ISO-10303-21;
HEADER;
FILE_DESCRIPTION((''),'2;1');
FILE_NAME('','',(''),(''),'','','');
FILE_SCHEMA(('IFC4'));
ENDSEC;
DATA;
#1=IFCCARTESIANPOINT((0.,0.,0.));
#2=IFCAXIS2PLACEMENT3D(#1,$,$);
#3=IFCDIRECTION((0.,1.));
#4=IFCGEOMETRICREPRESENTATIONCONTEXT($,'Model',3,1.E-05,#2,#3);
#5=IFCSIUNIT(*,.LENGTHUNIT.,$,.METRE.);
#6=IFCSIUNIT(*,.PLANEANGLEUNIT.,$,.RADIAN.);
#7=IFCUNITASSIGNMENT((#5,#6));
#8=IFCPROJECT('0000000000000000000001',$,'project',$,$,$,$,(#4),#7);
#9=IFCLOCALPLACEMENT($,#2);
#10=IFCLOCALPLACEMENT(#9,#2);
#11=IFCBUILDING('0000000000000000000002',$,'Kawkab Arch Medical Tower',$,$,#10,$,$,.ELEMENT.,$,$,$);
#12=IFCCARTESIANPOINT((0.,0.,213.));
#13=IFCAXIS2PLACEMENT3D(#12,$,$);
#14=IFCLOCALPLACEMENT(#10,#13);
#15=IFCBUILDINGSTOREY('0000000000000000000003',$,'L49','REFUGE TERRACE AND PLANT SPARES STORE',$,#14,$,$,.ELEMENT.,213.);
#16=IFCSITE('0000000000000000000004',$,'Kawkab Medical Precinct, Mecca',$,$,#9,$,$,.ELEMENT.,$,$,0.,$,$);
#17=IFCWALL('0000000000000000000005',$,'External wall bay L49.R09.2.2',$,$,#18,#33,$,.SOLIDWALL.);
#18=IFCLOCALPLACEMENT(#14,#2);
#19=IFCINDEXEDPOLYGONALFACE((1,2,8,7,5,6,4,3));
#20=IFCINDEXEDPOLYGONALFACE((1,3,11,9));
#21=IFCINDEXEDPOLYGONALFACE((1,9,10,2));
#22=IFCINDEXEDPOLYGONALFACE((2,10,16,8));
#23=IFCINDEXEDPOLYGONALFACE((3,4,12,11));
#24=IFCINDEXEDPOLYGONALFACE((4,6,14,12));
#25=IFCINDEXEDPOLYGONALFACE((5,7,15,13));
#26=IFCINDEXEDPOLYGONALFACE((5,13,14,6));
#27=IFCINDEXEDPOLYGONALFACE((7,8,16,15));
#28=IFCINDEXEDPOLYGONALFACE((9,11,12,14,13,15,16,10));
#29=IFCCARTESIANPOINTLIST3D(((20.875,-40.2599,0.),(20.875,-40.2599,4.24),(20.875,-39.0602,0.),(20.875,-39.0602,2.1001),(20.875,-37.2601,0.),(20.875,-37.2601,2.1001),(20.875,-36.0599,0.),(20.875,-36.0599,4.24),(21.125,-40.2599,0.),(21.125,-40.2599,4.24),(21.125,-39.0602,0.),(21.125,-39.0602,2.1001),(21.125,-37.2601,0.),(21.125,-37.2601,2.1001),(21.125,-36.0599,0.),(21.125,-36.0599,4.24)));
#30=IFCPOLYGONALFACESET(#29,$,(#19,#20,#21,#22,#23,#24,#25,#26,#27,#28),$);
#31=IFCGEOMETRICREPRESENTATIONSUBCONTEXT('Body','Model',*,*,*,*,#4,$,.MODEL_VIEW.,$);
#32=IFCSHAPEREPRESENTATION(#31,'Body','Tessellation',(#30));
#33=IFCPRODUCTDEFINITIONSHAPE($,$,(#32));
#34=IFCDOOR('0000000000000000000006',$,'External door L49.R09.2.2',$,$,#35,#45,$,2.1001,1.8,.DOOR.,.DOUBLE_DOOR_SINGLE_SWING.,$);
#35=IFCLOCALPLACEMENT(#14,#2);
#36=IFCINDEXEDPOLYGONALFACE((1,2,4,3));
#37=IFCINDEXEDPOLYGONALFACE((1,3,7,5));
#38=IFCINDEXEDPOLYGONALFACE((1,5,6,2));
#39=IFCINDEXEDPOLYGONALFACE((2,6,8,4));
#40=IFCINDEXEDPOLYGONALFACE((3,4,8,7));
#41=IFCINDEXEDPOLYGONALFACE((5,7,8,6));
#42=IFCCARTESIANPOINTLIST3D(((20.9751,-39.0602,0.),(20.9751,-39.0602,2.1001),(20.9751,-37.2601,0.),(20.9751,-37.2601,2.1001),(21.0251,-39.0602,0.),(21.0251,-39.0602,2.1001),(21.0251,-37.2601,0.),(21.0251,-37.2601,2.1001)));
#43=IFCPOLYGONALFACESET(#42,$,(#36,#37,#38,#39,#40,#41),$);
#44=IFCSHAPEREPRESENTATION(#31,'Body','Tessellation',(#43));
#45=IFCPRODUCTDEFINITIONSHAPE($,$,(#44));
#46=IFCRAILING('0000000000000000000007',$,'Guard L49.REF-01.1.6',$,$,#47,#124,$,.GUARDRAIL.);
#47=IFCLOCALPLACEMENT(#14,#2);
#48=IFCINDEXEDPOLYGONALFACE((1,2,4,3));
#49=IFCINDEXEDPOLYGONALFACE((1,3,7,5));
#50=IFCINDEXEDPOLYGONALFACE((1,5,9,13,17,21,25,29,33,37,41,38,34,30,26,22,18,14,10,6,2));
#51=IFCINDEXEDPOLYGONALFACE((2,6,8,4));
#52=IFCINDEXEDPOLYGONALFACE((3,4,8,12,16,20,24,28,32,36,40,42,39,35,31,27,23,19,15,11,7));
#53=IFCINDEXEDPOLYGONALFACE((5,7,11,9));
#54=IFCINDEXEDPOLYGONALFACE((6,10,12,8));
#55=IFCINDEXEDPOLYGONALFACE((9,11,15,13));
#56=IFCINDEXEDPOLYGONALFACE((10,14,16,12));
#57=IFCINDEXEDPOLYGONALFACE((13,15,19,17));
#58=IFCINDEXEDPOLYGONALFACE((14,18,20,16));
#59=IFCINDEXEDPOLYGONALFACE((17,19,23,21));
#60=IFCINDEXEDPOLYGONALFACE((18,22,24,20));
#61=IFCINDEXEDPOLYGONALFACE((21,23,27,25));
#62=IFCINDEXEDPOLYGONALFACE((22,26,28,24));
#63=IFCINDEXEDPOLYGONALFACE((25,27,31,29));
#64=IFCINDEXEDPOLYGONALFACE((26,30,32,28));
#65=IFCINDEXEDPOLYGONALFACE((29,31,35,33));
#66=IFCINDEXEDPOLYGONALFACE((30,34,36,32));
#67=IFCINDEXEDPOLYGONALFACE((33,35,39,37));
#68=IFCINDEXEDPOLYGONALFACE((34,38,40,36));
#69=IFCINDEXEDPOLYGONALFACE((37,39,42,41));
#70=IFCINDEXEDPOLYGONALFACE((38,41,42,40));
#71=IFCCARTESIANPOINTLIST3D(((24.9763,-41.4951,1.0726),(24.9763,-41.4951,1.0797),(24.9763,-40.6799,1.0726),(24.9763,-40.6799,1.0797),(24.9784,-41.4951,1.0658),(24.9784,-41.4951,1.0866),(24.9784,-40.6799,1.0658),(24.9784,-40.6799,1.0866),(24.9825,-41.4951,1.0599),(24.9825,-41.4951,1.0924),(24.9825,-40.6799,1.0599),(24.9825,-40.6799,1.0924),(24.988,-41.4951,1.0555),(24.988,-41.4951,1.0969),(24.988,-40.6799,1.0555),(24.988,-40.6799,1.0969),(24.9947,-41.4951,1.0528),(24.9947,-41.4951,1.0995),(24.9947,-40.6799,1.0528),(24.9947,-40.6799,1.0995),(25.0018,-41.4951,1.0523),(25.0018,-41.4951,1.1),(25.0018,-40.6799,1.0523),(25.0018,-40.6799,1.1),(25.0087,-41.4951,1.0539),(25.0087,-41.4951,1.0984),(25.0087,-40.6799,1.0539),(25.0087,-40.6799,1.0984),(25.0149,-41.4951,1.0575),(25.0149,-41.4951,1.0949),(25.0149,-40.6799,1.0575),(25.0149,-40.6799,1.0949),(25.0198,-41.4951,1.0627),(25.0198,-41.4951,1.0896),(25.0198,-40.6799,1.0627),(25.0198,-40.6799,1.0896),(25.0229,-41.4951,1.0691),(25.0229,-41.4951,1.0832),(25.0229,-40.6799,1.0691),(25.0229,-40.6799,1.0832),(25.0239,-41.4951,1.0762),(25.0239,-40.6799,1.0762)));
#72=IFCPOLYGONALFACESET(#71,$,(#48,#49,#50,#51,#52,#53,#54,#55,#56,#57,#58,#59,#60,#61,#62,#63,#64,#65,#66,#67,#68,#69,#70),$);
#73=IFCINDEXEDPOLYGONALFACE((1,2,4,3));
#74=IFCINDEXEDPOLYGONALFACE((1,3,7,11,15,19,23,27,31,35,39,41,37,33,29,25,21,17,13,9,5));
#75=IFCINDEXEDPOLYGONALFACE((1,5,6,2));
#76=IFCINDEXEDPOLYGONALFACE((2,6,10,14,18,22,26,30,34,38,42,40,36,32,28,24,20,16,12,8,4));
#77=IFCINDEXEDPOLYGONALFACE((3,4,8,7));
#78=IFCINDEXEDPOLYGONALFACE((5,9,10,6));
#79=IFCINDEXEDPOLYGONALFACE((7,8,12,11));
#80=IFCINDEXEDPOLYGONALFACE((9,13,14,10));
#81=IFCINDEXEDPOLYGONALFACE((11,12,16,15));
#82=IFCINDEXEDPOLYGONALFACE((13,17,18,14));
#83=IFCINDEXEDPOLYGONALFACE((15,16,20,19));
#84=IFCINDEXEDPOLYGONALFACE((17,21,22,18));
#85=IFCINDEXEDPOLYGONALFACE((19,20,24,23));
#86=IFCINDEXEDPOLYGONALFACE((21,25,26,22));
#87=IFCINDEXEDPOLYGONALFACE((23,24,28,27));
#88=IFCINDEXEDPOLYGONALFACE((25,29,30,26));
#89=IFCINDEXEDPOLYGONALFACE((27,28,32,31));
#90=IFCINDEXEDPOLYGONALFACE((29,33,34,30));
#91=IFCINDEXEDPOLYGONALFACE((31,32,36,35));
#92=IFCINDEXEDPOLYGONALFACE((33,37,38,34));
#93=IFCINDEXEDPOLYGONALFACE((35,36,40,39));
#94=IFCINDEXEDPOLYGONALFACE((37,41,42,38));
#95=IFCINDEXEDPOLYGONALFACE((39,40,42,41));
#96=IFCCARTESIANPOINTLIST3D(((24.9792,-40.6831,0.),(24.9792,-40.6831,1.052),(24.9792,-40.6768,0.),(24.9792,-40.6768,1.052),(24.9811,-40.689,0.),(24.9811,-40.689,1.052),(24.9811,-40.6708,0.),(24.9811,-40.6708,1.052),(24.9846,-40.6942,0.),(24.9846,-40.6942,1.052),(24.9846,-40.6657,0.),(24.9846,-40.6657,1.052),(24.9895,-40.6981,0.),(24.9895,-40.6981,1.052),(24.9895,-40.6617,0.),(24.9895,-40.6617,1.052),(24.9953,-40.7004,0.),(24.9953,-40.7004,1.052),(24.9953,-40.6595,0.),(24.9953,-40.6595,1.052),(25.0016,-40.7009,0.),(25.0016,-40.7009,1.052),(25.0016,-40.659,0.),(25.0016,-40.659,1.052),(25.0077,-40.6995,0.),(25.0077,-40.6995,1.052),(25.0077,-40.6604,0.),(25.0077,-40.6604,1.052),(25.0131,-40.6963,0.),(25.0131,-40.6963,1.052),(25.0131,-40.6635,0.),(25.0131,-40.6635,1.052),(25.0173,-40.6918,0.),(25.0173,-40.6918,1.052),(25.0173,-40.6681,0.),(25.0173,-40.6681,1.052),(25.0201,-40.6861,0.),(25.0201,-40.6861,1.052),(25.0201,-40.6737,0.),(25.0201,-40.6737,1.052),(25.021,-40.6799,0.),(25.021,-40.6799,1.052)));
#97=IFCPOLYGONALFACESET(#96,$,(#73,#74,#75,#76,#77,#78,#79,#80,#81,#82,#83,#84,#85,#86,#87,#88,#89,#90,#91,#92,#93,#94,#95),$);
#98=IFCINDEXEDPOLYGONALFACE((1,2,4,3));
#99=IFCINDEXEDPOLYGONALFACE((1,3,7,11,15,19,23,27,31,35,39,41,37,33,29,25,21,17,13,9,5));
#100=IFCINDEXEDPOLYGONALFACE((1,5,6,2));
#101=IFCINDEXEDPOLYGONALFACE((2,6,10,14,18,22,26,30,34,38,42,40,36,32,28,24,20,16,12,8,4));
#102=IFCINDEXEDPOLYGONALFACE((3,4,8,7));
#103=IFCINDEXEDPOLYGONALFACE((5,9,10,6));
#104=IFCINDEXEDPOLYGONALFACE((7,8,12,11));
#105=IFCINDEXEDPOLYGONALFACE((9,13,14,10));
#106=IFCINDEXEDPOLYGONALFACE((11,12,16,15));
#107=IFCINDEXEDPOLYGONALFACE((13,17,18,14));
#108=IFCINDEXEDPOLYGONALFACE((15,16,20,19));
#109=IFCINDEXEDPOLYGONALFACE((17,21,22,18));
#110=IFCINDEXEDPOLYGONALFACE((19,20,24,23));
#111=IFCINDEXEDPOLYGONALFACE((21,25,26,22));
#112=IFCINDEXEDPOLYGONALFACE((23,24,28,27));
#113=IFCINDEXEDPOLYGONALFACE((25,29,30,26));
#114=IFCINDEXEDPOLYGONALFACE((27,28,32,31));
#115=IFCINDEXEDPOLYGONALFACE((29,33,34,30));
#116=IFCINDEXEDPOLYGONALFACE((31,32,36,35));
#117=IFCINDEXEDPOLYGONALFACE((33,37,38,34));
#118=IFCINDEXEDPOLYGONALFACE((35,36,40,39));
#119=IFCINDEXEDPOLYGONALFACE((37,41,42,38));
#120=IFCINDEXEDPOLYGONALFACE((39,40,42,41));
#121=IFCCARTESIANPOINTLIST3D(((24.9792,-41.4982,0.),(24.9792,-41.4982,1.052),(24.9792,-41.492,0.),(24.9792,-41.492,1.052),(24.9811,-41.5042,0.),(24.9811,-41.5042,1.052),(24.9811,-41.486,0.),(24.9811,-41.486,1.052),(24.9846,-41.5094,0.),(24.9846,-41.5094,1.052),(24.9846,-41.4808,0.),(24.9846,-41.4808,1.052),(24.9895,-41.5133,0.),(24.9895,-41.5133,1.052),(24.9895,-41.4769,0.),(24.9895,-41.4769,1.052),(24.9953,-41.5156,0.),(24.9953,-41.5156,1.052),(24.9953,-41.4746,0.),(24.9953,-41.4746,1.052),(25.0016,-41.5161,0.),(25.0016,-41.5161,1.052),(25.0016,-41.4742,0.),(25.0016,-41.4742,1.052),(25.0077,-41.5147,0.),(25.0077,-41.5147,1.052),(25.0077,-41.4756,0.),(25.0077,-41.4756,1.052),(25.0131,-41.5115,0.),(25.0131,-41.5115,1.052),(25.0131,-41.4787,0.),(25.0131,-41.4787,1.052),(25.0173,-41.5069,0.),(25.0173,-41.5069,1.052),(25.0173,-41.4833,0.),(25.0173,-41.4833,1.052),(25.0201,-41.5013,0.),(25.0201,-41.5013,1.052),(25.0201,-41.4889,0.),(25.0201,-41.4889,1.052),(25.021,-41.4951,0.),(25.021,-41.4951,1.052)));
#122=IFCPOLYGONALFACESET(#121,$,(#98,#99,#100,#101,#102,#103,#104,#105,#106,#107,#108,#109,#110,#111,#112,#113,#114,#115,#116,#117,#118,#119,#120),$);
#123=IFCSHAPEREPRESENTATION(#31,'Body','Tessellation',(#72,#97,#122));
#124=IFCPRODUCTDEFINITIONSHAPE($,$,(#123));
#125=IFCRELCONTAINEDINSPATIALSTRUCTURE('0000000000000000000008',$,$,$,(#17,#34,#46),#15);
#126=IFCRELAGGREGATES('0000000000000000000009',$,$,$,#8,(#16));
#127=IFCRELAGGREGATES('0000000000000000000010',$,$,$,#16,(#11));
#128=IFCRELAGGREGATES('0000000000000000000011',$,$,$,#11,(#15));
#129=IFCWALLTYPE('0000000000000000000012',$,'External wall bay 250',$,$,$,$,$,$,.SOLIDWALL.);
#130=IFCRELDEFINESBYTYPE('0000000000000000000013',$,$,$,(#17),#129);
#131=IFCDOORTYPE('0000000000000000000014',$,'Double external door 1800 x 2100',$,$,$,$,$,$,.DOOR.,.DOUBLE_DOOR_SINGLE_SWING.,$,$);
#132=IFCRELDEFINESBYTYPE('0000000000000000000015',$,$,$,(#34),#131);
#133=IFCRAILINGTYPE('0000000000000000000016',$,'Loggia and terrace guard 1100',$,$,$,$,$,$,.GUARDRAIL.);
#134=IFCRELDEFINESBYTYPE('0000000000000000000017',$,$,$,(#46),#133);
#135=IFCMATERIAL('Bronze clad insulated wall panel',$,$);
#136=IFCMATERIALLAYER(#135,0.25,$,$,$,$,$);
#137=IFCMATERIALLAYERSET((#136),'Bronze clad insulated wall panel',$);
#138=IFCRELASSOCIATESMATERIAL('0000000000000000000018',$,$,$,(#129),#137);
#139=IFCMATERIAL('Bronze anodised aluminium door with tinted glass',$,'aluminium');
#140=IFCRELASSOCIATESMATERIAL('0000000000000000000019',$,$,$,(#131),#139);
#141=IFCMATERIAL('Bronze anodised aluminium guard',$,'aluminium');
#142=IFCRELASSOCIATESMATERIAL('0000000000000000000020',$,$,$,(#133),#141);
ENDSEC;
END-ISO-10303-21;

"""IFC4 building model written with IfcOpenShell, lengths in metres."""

from ifc_helpers import new_model, si_unit, direction, frame, frame_2d, origin, origin_2d, place, context, subcontext, project, spatial, rectangle, circle, extrude, material, layer, layer_set, type_object, element, fill, save


model = new_model("IFC4")

# Units and contexts
model_context = context("Model", 3, precision=1e-05, world=origin(), true_north=direction((0.0, 1.0)))
body_context = subcontext(model_context, "Body", "Model", "MODEL_VIEW")
ifc_project = project(units=[si_unit("LENGTHUNIT", "METRE"), si_unit("PLANEANGLEUNIT", "RADIAN")], contexts=[model_context])

# Site, building, storey
site_placement = place(None, origin())
site = spatial("IfcSite", under=ifc_project, at=site_placement, Name="Kawkab Medical Precinct, Mecca", CompositionType="ELEMENT", RefElevation=0.0)
building_placement = place(site_placement, origin())
building = spatial("IfcBuilding", under=site, at=building_placement, Name="Kawkab Arch Medical Tower", CompositionType="ELEMENT")
storey_placement = place(building_placement, frame((0.0, 0.0, 213.0)))
storey = spatial("IfcBuildingStorey", under=building, at=storey_placement, Name="L49", Description="REFUGE TERRACE AND PLANT SPARES STORE", CompositionType="ELEMENT", Elevation=213.0)

# Wall, opening, door
ifc_material_1 = material(Name="Bronze clad insulated wall panel")
ifc_layer_1 = layer(ifc_material_1, 0.25)
ifc_layer_set_1 = layer_set([ifc_layer_1], Name="Bronze clad insulated wall panel")
wall_type = type_object("IfcWallType", Name="External wall bay 250", PredefinedType="SOLIDWALL", material=ifc_layer_set_1)
wall_placement = place(storey_placement, frame((21.0, -40.26, 0.0), z_axis=(0.0, 0.0, 1.0), x_axis=(0.0, 1.0, 0.0)))
wall = element("IfcWall", 1, at=wall_placement, inside=storey, type_object=wall_type, Name="External wall bay L49.R09.2.2", PredefinedType="SOLIDWALL", context=body_context, shape_type="SweptSolid", body=[
    extrude(rectangle(XDim=4.2, YDim=0.25, at=frame_2d((2.1001, 0.0))), origin(), (0.0, 0.0, 1.0), 4.24),
])
opening_placement = place(wall_placement, frame((1.2, 0.0, 0.0)))
opening = element("IfcOpeningElement", 2, at=opening_placement, cuts=wall, PredefinedType="OPENING", context=body_context, shape_type="SweptSolid", body=[
    extrude(rectangle(XDim=1.8, YDim=2.1001, at=frame_2d((0.8999, 1.05))), frame((0.0, 0.135, 0.0), z_axis=(0.0, -1.0, 0.0), x_axis=(1.0, 0.0, 0.0)), (0.0, 0.0, 1.0), 0.27),
])
ifc_material_2 = material(Name="Bronze anodised aluminium door with tinted glass", Category="aluminium")
door_type = type_object("IfcDoorType", Name="Double external door 1800 x 2100", OperationType="DOUBLE_DOOR_SINGLE_SWING", PredefinedType="DOOR", material=ifc_material_2)
door_placement = place(opening_placement, origin())
door = element("IfcDoor", 3, at=door_placement, inside=storey, type_object=door_type, Name="External door L49.R09.2.2", OperationType="DOUBLE_DOOR_SINGLE_SWING", OverallHeight=2.1001, OverallWidth=1.8, PredefinedType="DOOR", context=body_context, shape_type="SweptSolid", body=[
    extrude(rectangle(XDim=1.8, YDim=2.1001, at=frame_2d((0.8999, 1.05))), frame((0.0, 0.0249, 0.0), z_axis=(0.0, -1.0, 0.0), x_axis=(1.0, 0.0, 0.0)), (0.0, 0.0, 1.0), 0.05),
])
fill(opening, door)

# Railing
ifc_material_3 = material(Name="Bronze anodised aluminium guard", Category="aluminium")
railing_type = type_object("IfcRailingType", Name="Loggia and terrace guard 1100", PredefinedType="GUARDRAIL", material=ifc_material_3)
railing_1_placement = place(storey_placement, frame((25.0, -40.6799, 0.0)))
element("IfcRailing", 4, at=railing_1_placement, inside=storey, type_object=railing_type, Name="Guard L49.REF-01.1.6", PredefinedType="GUARDRAIL", context=body_context, shape_type="SweptSolid", body=[
    extrude(circle(Radius=0.0239, at=origin_2d()), frame((0.0, 0.0, 1.0762), z_axis=(0.0, -1.0, 0.0), x_axis=(1.0, 0.0, 0.0)), (0.0, 0.0, 1.0), 0.8152),
    extrude(circle(Radius=0.021, at=origin_2d()), origin(), (0.0, 0.0, 1.0), 1.052),
    extrude(circle(Radius=0.021, at=origin_2d()), frame((0.0, -0.8152, 0.0)), (0.0, 0.0, 1.0), 1.052),
])

save(model, "model.ifc")
